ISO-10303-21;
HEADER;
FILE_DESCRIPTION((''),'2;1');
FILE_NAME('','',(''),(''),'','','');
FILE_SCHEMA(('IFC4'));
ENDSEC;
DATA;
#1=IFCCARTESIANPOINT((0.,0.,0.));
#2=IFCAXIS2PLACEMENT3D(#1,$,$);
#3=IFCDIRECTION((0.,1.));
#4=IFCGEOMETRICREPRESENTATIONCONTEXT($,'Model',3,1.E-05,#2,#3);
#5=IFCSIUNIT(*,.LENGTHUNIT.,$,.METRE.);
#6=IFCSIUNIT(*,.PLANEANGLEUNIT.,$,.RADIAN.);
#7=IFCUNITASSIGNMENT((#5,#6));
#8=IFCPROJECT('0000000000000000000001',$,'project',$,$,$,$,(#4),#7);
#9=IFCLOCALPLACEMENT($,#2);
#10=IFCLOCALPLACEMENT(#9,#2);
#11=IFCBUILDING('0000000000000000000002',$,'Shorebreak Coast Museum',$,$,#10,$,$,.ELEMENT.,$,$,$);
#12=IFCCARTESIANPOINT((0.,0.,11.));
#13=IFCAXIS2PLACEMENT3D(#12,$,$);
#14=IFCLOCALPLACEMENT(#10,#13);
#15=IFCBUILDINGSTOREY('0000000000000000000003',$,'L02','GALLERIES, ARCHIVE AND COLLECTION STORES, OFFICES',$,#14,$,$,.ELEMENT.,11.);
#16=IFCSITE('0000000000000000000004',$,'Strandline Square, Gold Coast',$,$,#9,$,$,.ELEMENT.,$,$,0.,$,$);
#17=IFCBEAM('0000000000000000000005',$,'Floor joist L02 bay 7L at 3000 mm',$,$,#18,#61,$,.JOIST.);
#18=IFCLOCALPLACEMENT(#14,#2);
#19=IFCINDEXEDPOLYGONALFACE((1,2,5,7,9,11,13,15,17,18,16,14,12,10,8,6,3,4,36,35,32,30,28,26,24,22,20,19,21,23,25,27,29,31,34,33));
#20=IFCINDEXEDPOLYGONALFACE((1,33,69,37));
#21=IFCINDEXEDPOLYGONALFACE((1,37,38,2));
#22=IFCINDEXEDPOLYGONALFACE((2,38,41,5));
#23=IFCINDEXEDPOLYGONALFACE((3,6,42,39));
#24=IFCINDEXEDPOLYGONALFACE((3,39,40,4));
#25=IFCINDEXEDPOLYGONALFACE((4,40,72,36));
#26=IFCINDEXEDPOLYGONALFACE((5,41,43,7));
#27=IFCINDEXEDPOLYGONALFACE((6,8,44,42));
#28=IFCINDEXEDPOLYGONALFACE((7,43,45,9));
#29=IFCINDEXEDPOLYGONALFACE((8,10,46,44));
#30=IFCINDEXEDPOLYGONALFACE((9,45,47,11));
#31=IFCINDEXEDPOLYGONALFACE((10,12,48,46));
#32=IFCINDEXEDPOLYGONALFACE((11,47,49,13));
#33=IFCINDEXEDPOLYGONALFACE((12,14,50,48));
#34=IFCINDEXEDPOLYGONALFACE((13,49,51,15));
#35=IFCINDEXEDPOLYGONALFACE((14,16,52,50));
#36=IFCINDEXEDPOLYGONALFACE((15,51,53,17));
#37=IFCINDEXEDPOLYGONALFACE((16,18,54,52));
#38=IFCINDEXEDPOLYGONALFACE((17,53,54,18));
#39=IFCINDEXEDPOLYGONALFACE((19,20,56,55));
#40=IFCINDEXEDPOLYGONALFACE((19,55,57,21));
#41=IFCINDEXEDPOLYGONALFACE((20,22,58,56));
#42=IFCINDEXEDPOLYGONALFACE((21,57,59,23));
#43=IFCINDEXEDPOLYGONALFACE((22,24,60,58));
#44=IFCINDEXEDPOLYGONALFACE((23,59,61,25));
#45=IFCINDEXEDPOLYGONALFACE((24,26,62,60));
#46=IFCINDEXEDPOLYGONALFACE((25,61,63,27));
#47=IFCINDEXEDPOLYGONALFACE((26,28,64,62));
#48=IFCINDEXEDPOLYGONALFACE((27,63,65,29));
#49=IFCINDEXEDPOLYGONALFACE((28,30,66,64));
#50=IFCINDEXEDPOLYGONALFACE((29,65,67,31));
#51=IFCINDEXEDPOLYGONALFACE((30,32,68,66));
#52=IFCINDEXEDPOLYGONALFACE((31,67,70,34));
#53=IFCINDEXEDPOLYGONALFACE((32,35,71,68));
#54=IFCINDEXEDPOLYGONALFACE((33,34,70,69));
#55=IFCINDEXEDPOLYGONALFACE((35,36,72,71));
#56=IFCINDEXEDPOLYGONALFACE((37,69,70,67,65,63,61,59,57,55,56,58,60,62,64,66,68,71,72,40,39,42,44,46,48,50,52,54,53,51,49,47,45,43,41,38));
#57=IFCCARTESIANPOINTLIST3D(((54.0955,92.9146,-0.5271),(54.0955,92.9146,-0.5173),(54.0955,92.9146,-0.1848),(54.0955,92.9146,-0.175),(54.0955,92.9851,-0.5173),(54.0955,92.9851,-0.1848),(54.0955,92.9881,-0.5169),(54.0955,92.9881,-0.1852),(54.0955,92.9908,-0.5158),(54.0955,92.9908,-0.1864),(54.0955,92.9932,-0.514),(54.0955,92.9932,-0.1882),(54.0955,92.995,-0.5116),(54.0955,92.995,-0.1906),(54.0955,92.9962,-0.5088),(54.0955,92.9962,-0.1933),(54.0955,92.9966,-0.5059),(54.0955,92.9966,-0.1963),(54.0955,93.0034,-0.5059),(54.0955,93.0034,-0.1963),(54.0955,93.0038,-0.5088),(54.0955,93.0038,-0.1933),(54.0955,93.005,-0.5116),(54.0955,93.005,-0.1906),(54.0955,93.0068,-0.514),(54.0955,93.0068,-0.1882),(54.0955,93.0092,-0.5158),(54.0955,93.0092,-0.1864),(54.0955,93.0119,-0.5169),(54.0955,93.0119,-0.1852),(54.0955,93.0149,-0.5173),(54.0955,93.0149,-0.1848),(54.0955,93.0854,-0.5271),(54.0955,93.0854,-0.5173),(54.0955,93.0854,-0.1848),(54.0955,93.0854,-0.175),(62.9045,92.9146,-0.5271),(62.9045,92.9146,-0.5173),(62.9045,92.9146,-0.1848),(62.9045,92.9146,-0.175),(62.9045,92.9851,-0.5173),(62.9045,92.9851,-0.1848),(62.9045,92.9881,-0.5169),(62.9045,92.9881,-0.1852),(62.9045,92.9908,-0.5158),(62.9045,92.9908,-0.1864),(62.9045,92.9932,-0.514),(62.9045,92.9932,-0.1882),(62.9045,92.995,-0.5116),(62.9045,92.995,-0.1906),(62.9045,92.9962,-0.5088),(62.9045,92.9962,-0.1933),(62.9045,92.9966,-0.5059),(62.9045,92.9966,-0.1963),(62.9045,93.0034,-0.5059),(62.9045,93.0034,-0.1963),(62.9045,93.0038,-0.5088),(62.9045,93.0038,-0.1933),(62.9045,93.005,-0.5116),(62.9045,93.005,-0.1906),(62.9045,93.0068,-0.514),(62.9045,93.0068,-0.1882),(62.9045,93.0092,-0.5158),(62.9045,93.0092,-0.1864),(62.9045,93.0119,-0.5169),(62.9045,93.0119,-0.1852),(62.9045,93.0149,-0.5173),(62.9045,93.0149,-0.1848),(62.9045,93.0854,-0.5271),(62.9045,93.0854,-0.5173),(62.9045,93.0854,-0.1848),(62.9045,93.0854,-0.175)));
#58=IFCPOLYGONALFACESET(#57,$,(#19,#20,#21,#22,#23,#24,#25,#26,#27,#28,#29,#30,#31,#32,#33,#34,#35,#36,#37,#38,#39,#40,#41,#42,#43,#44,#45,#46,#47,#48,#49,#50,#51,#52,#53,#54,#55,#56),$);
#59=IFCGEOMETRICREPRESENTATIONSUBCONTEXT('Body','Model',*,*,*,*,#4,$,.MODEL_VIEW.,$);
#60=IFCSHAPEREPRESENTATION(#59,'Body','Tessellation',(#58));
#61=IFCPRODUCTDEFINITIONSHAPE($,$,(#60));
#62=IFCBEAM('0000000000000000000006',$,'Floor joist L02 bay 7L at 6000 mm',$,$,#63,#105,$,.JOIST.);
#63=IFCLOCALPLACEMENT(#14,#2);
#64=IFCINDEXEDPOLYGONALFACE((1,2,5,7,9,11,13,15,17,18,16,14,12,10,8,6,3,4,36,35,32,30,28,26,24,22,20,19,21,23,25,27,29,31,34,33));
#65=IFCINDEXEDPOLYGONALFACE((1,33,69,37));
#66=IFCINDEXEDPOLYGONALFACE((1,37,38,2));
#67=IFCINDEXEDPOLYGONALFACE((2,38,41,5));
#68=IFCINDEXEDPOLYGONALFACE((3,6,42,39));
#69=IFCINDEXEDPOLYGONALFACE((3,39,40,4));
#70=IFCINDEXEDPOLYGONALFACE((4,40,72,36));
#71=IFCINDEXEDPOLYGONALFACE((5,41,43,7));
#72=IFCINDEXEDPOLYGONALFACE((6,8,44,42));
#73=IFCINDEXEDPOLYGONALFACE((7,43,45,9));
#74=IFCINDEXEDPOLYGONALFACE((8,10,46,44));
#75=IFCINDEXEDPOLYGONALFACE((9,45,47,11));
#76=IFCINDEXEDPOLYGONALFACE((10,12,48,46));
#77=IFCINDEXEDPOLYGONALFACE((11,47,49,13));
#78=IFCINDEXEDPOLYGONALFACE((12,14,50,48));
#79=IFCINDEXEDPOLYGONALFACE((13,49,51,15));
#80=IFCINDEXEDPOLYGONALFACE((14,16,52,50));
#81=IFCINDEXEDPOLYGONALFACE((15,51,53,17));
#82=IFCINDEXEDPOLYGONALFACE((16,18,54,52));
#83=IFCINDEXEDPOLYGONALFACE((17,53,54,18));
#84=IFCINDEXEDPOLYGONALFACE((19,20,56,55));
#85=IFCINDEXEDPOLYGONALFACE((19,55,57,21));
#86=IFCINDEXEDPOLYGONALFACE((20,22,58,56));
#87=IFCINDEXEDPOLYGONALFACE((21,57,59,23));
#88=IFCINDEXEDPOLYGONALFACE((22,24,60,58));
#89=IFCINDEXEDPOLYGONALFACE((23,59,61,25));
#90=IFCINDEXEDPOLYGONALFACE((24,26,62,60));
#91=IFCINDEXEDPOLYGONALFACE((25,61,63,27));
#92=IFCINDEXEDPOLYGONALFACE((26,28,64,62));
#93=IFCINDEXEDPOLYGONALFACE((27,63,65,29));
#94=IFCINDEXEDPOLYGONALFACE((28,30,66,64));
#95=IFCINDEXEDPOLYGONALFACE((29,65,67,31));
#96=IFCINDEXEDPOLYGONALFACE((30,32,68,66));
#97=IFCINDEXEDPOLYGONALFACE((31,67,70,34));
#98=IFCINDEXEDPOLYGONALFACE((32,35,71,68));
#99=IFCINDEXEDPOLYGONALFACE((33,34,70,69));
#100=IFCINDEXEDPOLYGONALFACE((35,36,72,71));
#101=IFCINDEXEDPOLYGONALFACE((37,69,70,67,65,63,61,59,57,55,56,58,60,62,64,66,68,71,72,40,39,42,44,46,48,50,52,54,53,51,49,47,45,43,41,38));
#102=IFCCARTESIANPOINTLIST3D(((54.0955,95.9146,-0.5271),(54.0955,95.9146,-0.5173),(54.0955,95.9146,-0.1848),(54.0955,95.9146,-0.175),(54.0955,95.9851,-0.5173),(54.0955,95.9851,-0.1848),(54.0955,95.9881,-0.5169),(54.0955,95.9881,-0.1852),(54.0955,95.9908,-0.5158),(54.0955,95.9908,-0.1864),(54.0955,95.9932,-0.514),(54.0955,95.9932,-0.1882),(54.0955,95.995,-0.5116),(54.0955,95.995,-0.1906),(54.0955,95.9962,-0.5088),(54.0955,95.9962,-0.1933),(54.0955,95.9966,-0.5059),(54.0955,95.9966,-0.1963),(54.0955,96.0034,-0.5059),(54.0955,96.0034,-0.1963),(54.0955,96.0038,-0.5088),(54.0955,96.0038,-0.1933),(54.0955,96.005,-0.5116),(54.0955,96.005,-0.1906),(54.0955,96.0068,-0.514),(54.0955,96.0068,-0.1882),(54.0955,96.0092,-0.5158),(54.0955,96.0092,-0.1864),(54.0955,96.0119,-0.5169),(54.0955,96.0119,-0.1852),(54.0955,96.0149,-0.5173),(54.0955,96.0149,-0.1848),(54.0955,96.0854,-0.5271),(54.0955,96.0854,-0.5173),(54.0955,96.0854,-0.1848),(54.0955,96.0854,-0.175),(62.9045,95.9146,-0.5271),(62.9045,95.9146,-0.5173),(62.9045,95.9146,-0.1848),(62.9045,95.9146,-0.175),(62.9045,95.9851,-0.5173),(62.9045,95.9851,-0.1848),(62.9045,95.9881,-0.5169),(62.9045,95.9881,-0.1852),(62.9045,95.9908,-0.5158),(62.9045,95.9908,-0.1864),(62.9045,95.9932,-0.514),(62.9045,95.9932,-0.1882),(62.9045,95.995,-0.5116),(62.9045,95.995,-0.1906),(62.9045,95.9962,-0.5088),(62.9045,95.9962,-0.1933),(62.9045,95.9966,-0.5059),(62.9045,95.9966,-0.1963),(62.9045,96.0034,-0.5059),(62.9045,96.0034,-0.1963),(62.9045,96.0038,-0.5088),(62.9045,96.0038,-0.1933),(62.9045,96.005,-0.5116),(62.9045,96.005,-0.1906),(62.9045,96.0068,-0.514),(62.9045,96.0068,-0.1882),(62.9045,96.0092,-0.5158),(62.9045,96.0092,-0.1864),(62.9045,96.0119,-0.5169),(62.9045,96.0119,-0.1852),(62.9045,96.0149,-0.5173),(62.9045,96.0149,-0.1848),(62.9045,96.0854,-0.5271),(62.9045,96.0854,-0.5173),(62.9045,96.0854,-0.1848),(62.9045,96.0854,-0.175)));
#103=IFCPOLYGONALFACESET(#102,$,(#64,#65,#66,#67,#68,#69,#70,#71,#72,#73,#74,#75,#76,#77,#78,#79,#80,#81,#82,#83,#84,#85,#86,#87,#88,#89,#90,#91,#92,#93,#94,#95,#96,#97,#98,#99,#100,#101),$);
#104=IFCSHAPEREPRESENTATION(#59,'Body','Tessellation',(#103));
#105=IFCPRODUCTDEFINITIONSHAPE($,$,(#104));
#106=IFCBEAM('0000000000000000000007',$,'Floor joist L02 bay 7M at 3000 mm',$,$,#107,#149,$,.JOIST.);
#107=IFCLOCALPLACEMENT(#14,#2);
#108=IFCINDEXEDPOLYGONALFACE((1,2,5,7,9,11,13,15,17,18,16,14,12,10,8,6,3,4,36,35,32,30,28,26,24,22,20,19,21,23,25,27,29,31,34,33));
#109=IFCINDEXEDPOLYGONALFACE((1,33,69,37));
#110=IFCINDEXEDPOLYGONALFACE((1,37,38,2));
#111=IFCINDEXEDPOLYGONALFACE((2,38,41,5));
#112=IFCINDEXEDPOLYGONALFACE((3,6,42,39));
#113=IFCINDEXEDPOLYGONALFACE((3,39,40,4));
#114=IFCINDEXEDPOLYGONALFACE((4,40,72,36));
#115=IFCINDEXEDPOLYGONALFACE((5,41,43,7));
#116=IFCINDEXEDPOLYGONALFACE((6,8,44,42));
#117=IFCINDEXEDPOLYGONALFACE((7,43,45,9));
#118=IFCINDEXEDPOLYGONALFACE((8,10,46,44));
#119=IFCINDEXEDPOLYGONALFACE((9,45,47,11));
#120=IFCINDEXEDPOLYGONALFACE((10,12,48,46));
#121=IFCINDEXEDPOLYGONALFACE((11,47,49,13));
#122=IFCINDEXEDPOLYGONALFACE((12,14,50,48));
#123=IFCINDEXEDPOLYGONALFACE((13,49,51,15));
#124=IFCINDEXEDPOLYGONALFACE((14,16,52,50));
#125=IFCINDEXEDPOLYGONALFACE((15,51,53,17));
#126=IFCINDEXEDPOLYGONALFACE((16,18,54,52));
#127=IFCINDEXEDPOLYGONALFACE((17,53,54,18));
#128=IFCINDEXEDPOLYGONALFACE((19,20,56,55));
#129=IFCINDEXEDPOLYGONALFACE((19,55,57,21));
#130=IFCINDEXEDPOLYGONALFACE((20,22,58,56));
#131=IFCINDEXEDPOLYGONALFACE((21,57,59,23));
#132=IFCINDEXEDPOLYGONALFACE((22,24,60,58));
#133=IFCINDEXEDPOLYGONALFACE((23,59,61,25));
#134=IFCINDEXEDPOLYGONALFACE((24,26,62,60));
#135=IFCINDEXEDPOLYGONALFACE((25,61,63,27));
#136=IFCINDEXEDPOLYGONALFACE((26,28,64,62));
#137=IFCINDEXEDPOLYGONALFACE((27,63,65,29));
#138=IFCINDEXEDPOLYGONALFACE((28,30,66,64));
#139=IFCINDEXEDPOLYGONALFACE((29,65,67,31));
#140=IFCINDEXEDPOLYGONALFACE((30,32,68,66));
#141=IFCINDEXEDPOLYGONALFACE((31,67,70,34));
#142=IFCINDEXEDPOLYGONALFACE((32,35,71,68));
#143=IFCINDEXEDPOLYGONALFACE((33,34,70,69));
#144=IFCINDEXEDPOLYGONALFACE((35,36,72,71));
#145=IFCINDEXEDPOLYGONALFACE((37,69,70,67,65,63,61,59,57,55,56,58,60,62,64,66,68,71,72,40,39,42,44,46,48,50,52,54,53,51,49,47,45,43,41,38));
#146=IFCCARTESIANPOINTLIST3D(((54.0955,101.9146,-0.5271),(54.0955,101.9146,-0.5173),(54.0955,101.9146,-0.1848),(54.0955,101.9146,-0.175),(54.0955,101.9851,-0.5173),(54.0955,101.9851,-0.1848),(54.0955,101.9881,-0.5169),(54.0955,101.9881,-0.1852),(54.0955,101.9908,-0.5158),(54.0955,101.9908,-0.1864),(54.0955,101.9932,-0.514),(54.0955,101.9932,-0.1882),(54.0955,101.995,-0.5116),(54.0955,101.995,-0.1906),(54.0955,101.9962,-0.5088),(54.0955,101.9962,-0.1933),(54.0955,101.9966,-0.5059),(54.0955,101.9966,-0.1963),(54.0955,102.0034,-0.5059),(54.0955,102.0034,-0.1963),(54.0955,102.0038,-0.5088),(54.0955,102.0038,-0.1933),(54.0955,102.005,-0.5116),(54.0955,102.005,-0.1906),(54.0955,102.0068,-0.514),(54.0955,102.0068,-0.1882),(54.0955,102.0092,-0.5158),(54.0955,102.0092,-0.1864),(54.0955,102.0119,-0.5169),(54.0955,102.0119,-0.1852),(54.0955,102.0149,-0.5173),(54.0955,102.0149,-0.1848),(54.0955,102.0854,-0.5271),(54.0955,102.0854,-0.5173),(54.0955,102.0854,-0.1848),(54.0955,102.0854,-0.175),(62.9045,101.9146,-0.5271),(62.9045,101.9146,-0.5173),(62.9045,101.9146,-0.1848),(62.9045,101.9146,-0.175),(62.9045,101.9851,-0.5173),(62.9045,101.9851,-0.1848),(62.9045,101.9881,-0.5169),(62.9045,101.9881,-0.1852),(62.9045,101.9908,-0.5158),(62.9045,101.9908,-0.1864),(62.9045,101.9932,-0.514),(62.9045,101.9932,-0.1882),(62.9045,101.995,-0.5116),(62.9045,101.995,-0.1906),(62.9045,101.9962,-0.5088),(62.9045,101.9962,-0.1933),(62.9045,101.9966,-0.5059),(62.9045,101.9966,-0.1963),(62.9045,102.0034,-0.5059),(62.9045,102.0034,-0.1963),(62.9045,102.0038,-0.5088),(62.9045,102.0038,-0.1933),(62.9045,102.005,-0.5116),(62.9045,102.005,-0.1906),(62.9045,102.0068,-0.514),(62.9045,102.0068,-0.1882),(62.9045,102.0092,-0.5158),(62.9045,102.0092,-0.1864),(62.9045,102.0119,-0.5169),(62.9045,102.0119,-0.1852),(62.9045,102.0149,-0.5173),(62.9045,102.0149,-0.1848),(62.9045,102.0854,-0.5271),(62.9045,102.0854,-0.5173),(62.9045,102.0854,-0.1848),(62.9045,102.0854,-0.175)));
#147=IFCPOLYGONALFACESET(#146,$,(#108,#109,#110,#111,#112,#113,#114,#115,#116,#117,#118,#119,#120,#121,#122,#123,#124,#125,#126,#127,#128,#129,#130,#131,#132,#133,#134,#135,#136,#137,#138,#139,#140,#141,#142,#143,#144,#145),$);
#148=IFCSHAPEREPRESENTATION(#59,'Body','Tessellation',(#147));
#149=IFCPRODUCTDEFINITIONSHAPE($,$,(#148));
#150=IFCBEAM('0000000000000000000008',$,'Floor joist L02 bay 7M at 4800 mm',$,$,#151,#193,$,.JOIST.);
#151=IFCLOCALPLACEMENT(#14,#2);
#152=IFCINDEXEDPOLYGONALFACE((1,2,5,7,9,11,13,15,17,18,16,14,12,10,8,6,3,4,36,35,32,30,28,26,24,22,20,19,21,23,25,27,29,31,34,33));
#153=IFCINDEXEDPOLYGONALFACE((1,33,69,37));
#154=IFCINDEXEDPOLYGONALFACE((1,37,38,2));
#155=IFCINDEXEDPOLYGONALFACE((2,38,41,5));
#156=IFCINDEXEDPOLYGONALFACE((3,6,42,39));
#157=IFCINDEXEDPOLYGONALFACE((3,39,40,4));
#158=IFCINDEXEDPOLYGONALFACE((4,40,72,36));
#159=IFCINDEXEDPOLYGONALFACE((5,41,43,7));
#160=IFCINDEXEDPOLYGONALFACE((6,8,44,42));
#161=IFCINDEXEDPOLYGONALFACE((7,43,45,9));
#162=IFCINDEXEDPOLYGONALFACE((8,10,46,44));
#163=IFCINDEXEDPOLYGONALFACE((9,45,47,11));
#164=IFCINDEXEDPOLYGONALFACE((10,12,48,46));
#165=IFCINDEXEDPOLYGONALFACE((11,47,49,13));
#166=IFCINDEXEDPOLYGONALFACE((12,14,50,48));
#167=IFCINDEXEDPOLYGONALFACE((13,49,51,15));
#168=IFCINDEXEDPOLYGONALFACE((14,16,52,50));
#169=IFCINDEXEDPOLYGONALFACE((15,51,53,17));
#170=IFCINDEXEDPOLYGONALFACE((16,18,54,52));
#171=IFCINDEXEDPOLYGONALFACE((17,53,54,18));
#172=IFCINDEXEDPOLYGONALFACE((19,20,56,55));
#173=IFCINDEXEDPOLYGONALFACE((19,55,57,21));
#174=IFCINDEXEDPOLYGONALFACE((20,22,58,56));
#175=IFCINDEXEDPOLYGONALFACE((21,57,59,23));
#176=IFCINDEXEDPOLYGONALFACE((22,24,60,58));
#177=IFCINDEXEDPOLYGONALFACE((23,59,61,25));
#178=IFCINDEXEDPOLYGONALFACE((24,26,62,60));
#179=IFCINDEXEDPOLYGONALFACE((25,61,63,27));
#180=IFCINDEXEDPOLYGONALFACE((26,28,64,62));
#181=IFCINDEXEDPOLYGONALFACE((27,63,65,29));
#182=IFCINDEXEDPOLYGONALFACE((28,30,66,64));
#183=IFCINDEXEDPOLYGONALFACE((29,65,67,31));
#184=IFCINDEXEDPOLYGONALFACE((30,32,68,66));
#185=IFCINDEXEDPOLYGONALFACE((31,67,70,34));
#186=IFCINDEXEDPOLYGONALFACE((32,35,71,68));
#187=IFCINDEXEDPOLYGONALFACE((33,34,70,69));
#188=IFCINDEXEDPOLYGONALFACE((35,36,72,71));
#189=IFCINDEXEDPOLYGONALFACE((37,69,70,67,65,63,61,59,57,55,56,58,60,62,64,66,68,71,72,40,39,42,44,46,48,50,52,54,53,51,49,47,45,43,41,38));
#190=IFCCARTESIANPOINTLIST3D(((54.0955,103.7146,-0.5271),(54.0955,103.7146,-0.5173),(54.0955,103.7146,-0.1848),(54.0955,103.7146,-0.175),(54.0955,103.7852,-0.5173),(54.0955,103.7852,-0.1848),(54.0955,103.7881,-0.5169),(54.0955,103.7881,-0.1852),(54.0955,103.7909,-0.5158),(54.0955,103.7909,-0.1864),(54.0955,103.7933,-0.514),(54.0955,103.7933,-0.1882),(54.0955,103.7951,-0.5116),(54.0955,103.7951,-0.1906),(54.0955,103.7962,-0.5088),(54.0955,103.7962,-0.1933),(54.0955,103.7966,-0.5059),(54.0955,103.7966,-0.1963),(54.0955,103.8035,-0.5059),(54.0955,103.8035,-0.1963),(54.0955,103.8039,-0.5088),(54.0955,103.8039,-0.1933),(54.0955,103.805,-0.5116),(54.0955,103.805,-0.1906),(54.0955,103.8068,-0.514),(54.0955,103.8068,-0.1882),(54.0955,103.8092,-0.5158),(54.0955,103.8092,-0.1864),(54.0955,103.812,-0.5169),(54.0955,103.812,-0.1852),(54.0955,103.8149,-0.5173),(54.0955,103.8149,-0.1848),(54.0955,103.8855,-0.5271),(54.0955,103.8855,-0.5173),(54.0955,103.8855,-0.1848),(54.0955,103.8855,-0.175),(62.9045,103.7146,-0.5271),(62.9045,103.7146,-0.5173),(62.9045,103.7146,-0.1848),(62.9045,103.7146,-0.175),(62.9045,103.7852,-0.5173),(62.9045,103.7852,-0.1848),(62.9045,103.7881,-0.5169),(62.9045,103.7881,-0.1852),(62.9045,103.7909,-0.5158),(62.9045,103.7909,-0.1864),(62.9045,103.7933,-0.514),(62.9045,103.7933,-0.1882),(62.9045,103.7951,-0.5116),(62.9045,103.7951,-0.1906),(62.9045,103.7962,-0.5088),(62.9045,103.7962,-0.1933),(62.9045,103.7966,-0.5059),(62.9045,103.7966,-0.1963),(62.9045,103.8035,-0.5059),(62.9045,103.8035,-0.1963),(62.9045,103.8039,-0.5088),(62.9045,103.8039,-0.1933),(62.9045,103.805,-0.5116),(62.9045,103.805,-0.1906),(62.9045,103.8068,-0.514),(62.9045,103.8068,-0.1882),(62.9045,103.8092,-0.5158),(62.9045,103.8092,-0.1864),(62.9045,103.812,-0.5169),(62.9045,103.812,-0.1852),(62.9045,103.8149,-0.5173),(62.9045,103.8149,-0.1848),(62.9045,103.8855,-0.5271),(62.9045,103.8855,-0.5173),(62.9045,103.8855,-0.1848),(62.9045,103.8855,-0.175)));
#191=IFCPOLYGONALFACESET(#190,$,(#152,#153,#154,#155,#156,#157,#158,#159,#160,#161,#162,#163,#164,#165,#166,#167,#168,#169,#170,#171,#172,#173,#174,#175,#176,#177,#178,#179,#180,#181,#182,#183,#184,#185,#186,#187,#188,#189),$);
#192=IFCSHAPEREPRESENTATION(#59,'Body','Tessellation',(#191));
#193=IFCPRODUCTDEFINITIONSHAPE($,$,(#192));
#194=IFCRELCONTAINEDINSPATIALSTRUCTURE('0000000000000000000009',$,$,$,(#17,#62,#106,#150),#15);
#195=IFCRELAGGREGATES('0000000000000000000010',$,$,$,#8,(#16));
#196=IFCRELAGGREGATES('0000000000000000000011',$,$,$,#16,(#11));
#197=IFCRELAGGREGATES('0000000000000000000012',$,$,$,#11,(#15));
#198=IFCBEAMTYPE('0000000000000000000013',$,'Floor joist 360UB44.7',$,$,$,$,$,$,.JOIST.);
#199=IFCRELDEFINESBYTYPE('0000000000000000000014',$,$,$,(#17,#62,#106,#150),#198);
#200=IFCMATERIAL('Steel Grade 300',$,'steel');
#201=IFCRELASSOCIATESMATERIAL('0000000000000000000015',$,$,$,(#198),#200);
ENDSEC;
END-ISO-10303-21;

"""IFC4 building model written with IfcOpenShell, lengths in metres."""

from ifc_helpers import new_model, si_unit, direction, frame, origin, origin_2d, place, context, subcontext, project, spatial, i_section, extrude, material, material_profile, profile_set, type_object, element, save


model = new_model("IFC4")

# Units and contexts
model_context = context("Model", 3, precision=1e-05, world=origin(), true_north=direction((0.0, 1.0)))
body_context = subcontext(model_context, "Body", "Model", "MODEL_VIEW")
ifc_project = project(units=[si_unit("LENGTHUNIT", "METRE"), si_unit("PLANEANGLEUNIT", "RADIAN")], contexts=[model_context])

# Site, building, storey
site_placement = place(None, origin())
site = spatial("IfcSite", under=ifc_project, at=site_placement, Name="Strandline Square, Gold Coast", CompositionType="ELEMENT", RefElevation=0.0)
building_placement = place(site_placement, origin())
building = spatial("IfcBuilding", under=site, at=building_placement, Name="Shorebreak Coast Museum", CompositionType="ELEMENT")
storey_placement = place(building_placement, frame((0.0, 0.0, 11.0)))
storey = spatial("IfcBuildingStorey", under=building, at=storey_placement, Name="L02", Description="GALLERIES, ARCHIVE AND COLLECTION STORES, OFFICES", CompositionType="ELEMENT", Elevation=11.0)

# Beams
ifc_material_1 = material(Name="Steel Grade 300", Category="steel")
ifc_material_profile_1 = material_profile(ifc_material_1, i_section(OverallWidth=0.1709, OverallDepth=0.3521, WebThickness=0.0068, FlangeThickness=0.0098, FilletRadius=0.0115, at=origin_2d()), Name="360UB44.7")
ifc_profile_set_1 = profile_set([ifc_material_profile_1], Name="Steel Grade 300")
beam_type_1 = type_object("IfcBeamType", Name="Floor joist 360UB44.7", PredefinedType="JOIST", material=ifc_profile_set_1)
for number, where, z_axis, x_axis, name in (
    (1, (54.0955, 93.0, -0.3511), (1.0, 0.0, 0.0), (0.0, 1.0, 0.0), "Floor joist L02 bay 7L at 3000 mm"),
    (2, (54.0955, 96.0, -0.3511), (1.0, 0.0, 0.0), (0.0, 1.0, 0.0), "Floor joist L02 bay 7L at 6000 mm"),
    (3, (54.0955, 102.0, -0.3511), (1.0, 0.0, 0.0), (0.0, 1.0, 0.0), "Floor joist L02 bay 7M at 3000 mm"),
    (4, (54.0955, 103.8, -0.3511), (1.0, 0.0, 0.0), (0.0, 1.0, 0.0), "Floor joist L02 bay 7M at 4800 mm"),
):
    element("IfcBeam", number, at=place(storey_placement, frame(where, z_axis=z_axis, x_axis=x_axis)), inside=storey, type_object=beam_type_1, Name=name, PredefinedType="JOIST", context=body_context, shape_type="SweptSolid", body=[
        extrude(i_section(OverallWidth=0.1709, OverallDepth=0.3521, WebThickness=0.0068, FlangeThickness=0.0098, FilletRadius=0.0115, at=origin_2d()), origin(), (0.0, 0.0, 1.0), 8.8091),
    ])

save(model, "model.ifc")
